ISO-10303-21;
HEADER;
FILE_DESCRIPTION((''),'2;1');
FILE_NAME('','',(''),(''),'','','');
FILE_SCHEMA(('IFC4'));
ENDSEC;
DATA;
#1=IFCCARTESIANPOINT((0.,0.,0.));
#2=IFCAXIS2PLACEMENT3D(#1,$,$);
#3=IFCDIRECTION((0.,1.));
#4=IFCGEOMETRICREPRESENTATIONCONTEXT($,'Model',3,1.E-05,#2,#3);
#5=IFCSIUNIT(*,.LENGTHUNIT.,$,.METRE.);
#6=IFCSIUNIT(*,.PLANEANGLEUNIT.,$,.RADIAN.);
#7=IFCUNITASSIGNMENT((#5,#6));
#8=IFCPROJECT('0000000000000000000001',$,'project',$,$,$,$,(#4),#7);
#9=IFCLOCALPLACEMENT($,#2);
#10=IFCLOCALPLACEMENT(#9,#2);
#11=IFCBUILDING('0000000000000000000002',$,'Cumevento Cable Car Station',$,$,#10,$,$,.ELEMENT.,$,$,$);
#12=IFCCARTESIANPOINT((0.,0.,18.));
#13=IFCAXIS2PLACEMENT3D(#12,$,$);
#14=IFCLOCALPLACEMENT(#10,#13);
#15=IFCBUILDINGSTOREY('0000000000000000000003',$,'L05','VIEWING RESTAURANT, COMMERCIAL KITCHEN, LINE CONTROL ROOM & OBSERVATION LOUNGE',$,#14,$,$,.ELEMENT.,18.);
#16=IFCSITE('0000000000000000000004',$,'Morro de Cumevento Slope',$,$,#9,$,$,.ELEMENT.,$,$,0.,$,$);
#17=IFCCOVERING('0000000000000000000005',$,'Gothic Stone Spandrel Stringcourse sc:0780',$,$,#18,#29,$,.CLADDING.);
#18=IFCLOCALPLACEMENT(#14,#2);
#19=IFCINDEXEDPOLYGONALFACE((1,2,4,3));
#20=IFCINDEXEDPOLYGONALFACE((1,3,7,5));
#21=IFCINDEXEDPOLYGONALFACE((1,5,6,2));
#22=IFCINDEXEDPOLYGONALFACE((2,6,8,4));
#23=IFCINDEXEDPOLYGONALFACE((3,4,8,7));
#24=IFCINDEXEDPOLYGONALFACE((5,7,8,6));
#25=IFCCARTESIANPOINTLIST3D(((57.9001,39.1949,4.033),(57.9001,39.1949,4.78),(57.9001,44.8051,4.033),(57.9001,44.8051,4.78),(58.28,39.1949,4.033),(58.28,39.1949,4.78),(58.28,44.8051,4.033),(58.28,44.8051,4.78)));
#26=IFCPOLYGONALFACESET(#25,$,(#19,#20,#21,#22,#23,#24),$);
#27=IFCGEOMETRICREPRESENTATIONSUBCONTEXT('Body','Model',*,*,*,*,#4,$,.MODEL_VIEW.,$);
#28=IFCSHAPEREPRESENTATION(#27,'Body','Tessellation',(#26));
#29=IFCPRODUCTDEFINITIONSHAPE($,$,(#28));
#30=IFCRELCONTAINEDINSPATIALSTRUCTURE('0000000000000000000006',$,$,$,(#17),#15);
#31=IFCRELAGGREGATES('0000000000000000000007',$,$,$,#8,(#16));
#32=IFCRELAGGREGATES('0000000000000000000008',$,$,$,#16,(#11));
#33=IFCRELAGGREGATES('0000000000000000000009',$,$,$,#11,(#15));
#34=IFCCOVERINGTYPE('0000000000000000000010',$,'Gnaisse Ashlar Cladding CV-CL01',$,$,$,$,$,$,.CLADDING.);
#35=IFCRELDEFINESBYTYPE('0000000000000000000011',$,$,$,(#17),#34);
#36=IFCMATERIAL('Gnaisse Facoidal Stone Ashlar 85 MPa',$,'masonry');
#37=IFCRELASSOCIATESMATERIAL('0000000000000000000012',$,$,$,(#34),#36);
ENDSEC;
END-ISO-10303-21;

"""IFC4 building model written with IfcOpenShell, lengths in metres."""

from ifc_helpers import new_model, si_unit, direction, frame, origin, origin_2d, place, context, subcontext, project, spatial, rectangle, extrude, material, type_object, element, save


model = new_model("IFC4")

# Units and contexts
model_context = context("Model", 3, precision=1e-05, world=origin(), true_north=direction((0.0, 1.0)))
body_context = subcontext(model_context, "Body", "Model", "MODEL_VIEW")
ifc_project = project(units=[si_unit("LENGTHUNIT", "METRE"), si_unit("PLANEANGLEUNIT", "RADIAN")], contexts=[model_context])

# Site, building, storey
site_placement = place(None, origin())
site = spatial("IfcSite", under=ifc_project, at=site_placement, Name="Morro de Cumevento Slope", CompositionType="ELEMENT", RefElevation=0.0)
building_placement = place(site_placement, origin())
building = spatial("IfcBuilding", under=site, at=building_placement, Name="Cumevento Cable Car Station", CompositionType="ELEMENT")
storey_placement = place(building_placement, frame((0.0, 0.0, 18.0)))
storey = spatial("IfcBuildingStorey", under=building, at=storey_placement, Name="L05", Description="VIEWING RESTAURANT, COMMERCIAL KITCHEN, LINE CONTROL ROOM & OBSERVATION LOUNGE", CompositionType="ELEMENT", Elevation=18.0)

# Covering
ifc_material_1 = material(Name="Gnaisse Facoidal Stone Ashlar 85 MPa", Category="masonry")
covering_type = type_object("IfcCoveringType", Name="Gnaisse Ashlar Cladding CV-CL01", PredefinedType="CLADDING", material=ifc_material_1)
covering_1_placement = place(storey_placement, frame((58.0901, 42.0, 4.033), z_axis=(0.0, 0.0, 1.0), x_axis=(0.0, 1.0, 0.0)))
element("IfcCovering", 1, at=covering_1_placement, inside=storey, type_object=covering_type, Name="Gothic Stone Spandrel Stringcourse sc:0780", PredefinedType="CLADDING", context=body_context, shape_type="SweptSolid", body=[
    extrude(rectangle(XDim=5.6101, YDim=0.3799, at=origin_2d()), origin(), (0.0, 0.0, 1.0), 0.7471),
])

save(model, "model.ifc")
